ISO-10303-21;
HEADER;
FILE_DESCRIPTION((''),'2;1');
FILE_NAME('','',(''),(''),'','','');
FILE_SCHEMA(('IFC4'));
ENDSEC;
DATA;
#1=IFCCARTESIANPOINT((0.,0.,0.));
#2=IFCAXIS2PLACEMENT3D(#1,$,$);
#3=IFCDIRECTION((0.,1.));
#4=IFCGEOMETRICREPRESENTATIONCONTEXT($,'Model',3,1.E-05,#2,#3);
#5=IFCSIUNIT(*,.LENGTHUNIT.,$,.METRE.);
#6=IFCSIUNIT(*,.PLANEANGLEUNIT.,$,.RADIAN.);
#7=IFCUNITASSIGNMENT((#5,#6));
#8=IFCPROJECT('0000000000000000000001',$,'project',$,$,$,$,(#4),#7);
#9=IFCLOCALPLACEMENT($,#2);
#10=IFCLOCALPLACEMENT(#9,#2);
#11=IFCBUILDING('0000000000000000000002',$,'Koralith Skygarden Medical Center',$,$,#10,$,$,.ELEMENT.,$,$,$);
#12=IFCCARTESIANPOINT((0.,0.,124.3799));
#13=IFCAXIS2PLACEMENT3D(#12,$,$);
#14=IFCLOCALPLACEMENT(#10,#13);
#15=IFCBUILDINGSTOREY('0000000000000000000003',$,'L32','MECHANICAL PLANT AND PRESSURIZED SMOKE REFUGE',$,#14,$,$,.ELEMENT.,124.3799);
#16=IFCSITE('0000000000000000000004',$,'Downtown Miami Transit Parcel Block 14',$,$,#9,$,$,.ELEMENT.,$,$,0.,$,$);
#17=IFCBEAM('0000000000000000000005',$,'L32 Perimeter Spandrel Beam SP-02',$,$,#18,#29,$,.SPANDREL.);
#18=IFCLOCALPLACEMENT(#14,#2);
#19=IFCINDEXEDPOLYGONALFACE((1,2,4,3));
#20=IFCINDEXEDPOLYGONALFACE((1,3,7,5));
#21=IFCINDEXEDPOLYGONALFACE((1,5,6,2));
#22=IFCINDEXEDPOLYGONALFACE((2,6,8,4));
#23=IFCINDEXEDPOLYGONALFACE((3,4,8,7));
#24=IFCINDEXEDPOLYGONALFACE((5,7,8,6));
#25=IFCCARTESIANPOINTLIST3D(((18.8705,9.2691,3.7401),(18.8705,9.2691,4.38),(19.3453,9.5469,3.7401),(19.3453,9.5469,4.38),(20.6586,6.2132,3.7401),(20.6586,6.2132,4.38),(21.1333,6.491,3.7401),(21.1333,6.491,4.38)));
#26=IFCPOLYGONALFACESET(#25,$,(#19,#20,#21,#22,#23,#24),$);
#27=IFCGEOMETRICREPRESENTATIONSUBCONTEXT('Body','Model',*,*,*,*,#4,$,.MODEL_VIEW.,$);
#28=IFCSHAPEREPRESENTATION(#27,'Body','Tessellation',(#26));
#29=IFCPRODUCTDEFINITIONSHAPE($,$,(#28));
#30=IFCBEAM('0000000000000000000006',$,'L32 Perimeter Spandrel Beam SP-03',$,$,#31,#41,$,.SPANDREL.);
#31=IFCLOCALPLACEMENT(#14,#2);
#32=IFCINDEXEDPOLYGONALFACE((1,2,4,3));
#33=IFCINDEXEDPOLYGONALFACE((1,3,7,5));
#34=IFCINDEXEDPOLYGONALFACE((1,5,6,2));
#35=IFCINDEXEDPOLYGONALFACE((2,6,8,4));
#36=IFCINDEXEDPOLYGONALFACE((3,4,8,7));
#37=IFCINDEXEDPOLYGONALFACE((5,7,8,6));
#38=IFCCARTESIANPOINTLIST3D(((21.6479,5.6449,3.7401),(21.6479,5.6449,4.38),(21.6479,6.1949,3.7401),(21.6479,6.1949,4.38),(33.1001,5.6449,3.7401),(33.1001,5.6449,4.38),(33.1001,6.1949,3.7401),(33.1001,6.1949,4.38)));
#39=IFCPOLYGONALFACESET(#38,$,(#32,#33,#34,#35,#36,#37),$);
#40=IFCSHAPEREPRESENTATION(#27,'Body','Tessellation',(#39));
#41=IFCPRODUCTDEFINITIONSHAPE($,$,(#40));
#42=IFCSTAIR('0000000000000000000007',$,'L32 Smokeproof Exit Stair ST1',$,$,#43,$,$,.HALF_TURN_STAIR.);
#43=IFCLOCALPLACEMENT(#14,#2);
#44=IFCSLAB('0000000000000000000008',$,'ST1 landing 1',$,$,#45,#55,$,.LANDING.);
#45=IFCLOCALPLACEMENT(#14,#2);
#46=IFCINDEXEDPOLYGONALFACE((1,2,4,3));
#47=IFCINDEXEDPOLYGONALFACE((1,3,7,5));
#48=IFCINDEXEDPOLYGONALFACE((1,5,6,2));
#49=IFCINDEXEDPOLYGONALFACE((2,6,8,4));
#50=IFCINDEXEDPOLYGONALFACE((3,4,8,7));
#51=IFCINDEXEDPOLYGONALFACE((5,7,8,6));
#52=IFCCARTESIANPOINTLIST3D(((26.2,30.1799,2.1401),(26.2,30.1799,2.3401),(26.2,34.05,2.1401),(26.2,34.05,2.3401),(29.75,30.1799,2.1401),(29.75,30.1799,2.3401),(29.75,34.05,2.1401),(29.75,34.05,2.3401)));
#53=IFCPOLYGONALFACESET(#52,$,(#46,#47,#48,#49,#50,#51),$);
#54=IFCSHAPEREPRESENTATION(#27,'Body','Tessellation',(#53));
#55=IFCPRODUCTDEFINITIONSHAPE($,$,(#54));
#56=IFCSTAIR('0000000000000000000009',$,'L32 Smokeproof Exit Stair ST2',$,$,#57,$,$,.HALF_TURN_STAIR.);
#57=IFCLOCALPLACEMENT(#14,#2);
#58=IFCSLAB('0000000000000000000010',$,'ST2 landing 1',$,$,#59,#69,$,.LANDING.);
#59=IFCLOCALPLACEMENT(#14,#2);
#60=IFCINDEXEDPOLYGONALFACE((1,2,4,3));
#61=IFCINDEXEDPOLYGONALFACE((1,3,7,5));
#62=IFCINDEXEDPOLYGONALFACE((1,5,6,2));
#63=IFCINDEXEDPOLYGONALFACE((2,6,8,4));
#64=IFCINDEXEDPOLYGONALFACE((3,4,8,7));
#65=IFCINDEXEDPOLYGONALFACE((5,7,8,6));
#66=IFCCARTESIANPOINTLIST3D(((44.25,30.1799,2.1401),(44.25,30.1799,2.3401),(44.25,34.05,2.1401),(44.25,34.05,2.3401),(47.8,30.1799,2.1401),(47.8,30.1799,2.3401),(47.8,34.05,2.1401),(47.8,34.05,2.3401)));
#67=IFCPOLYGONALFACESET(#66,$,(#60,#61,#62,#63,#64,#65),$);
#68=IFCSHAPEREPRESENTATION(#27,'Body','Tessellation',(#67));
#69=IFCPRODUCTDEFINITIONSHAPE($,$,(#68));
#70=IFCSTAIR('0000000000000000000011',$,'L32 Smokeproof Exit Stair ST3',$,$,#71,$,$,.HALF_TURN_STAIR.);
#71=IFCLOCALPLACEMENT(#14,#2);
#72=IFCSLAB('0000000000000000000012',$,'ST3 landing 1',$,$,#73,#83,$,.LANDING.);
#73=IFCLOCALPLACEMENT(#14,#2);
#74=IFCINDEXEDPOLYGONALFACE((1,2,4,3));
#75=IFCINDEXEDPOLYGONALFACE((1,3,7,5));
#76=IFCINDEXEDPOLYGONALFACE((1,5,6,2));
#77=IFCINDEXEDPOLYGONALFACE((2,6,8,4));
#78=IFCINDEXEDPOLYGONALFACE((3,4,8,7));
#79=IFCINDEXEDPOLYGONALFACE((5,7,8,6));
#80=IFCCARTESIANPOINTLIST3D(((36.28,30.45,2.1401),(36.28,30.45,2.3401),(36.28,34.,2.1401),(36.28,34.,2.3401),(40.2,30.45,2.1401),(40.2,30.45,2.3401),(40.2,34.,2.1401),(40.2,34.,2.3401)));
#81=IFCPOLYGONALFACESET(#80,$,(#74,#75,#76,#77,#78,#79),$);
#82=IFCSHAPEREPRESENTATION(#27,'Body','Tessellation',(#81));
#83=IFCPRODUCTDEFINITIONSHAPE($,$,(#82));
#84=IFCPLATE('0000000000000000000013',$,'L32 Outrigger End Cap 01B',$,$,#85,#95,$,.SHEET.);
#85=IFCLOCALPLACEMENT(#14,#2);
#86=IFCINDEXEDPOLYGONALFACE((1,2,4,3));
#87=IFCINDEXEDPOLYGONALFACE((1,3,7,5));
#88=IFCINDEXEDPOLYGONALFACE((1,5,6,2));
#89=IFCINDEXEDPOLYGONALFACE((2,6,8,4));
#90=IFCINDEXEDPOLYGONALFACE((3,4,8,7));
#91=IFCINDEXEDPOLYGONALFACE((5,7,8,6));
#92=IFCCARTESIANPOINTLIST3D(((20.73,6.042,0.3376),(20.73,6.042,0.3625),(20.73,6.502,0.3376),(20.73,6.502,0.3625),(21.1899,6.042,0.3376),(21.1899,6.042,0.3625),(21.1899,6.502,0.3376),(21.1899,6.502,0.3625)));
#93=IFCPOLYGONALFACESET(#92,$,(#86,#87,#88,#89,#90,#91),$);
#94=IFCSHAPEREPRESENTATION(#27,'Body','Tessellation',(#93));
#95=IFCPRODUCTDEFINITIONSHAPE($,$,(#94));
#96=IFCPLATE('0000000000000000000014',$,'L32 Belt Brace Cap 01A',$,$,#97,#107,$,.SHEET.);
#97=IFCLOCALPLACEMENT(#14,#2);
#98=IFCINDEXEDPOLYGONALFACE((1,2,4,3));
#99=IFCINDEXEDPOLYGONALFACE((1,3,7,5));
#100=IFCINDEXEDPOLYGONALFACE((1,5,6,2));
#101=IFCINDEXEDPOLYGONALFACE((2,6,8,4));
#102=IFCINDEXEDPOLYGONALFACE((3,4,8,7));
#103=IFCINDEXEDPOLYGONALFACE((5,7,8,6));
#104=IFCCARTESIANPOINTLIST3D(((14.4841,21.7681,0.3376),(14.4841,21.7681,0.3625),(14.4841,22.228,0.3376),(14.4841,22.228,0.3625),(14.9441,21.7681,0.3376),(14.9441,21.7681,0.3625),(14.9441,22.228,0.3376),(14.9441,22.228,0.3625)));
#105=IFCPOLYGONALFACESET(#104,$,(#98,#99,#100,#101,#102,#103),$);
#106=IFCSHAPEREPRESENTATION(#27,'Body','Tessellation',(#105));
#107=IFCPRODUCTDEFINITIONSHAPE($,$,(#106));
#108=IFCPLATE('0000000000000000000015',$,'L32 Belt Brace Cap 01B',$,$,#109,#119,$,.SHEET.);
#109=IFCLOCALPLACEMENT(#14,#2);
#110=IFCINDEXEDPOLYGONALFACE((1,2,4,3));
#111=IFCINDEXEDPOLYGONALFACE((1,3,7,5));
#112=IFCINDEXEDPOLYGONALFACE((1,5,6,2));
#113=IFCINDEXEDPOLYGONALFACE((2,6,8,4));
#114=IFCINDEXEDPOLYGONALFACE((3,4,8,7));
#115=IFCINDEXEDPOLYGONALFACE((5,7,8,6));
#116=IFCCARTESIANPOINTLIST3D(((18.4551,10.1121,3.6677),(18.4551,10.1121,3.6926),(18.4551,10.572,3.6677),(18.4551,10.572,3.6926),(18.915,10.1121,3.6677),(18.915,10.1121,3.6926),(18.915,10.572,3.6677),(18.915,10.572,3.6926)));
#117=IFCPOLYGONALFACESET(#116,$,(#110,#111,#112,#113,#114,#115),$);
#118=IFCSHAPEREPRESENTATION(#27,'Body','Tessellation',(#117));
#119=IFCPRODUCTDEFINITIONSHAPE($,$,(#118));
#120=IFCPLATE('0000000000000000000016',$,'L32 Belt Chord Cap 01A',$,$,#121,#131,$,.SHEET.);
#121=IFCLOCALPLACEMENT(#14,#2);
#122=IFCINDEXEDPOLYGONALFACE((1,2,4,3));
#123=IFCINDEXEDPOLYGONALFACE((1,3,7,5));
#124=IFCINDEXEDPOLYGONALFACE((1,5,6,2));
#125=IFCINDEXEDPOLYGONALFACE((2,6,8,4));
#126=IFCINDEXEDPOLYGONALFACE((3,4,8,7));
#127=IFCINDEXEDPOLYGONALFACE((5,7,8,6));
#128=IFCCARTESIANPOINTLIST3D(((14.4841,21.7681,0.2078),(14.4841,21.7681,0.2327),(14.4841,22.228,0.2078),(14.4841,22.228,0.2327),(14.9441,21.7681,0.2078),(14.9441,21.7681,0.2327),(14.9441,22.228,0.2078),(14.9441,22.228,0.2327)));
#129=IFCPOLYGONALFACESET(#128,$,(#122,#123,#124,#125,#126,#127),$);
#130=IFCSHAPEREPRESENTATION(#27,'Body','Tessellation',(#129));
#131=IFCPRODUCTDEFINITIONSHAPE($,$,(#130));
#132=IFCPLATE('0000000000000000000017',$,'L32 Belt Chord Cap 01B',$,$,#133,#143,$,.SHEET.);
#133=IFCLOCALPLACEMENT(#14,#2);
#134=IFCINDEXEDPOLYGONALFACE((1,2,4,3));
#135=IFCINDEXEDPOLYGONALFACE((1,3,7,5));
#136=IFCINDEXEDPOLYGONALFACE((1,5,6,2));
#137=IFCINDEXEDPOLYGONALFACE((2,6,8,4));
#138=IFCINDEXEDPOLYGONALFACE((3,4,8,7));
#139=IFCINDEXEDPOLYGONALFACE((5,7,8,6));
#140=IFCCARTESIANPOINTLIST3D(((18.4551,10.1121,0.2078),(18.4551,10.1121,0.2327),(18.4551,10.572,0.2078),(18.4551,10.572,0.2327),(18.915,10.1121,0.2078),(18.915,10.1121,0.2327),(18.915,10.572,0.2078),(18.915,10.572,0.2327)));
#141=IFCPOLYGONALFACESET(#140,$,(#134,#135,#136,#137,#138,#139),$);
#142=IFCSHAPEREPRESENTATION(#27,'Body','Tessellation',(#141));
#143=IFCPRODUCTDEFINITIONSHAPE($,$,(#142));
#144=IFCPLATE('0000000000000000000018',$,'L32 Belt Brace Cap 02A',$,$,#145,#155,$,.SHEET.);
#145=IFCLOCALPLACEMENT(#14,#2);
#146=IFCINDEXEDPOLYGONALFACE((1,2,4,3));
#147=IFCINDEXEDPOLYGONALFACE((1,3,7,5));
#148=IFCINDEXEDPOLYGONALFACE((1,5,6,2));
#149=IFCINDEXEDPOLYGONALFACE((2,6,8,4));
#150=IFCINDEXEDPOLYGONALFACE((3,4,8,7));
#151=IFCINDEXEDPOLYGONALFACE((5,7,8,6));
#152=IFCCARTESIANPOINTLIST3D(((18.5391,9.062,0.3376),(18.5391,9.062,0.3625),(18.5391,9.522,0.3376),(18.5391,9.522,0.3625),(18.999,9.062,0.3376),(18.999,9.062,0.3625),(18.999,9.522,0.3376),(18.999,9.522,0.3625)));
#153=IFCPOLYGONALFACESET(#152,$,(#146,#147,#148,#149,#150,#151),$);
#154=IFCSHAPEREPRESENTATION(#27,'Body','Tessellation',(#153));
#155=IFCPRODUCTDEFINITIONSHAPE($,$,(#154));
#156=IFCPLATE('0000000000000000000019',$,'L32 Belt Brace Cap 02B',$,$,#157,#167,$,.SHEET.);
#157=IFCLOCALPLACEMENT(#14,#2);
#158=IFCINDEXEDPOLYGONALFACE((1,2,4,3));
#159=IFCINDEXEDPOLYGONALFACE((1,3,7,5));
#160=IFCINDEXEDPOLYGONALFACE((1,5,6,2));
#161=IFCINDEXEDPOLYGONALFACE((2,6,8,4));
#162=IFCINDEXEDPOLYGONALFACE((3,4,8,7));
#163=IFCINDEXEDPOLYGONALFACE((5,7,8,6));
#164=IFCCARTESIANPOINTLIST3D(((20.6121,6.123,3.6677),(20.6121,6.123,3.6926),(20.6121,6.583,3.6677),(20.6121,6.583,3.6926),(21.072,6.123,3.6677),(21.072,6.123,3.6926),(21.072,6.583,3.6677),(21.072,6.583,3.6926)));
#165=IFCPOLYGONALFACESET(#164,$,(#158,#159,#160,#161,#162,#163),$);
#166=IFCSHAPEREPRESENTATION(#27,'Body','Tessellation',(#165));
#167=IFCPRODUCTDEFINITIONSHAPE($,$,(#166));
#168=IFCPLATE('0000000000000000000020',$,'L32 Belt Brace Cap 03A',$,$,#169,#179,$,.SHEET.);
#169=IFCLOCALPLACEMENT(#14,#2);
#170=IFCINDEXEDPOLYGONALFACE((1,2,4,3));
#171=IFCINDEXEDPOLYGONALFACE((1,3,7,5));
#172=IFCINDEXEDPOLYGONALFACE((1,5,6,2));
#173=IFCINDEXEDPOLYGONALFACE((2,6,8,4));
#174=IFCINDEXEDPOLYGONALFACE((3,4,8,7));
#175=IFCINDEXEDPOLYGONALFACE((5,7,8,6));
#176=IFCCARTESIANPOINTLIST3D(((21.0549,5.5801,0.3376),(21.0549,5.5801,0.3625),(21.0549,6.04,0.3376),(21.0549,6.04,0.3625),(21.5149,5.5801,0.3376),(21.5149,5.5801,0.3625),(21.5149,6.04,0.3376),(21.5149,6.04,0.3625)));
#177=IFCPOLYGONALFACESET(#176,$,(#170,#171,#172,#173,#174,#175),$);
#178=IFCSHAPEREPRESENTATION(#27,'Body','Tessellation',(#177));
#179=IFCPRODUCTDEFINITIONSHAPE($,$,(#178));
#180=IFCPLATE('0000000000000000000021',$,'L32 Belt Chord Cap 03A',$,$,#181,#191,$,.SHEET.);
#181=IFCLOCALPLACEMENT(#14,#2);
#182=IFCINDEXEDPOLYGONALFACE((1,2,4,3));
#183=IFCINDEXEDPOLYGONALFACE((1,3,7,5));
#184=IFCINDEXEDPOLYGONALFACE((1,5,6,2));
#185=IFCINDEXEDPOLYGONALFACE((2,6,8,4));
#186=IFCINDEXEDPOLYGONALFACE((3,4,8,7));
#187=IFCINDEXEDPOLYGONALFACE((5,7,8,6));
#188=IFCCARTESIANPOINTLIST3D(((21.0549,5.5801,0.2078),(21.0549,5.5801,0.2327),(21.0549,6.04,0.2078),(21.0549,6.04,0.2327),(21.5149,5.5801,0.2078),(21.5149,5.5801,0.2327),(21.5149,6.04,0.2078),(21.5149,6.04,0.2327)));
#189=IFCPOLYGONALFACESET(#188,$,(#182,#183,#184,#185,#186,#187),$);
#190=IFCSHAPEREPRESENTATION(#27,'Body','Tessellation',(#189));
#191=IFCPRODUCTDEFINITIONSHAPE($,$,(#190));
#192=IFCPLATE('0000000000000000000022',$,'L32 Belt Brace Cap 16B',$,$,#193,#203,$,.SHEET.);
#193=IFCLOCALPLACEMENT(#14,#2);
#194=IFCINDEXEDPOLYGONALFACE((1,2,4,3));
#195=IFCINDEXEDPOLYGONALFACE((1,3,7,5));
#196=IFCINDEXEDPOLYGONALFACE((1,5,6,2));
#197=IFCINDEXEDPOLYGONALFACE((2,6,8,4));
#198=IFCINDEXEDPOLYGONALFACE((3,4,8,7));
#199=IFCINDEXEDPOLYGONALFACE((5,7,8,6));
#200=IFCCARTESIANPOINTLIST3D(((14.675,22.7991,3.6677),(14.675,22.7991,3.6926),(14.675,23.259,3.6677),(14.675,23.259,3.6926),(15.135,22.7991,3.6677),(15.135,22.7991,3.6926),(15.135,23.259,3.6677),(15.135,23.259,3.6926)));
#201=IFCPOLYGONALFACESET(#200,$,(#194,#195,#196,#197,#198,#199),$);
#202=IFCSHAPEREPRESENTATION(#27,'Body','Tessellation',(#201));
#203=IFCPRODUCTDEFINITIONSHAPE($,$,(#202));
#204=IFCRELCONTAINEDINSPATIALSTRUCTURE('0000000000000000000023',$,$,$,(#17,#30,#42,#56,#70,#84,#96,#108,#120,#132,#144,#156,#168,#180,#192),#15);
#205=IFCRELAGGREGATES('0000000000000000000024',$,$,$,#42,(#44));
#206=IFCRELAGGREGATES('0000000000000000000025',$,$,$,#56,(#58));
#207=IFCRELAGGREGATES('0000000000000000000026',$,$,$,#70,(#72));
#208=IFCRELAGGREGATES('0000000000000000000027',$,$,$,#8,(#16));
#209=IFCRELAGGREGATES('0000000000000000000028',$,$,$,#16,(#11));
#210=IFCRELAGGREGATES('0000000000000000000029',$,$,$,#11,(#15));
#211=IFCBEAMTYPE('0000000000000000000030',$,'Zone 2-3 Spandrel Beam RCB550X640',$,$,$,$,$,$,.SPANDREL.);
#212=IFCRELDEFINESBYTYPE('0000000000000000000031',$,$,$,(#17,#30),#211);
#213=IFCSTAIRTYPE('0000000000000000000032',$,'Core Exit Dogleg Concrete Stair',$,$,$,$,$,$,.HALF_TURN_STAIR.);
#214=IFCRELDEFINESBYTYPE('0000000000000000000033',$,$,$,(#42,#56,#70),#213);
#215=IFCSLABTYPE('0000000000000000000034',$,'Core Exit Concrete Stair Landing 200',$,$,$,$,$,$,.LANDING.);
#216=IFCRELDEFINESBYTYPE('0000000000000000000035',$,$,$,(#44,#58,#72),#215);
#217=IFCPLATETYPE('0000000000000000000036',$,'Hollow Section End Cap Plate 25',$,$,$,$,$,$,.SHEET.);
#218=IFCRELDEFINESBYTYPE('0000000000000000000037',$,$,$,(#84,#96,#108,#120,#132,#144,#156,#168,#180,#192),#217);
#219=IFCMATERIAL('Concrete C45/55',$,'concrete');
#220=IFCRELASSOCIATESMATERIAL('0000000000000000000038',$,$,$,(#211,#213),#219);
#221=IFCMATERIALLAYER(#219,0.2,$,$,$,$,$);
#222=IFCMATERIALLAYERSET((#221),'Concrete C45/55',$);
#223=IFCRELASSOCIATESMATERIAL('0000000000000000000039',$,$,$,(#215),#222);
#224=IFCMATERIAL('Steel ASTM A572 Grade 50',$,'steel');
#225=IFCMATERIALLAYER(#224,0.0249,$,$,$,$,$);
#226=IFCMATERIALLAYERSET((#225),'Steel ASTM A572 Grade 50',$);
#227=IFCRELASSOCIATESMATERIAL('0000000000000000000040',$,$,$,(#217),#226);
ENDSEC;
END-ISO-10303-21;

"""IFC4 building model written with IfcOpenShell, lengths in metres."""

from ifc_helpers import new_model, si_unit, direction, frame, origin, origin_2d, place, context, subcontext, project, spatial, polyline, rectangle, outline, extrude, material, layer, layer_set, material_profile, profile_set, type_object, element, aggregate, save


model = new_model("IFC4")

# Units and contexts
model_context = context("Model", 3, precision=1e-05, world=origin(), true_north=direction((0.0, 1.0)))
body_context = subcontext(model_context, "Body", "Model", "MODEL_VIEW")
ifc_project = project(units=[si_unit("LENGTHUNIT", "METRE"), si_unit("PLANEANGLEUNIT", "RADIAN")], contexts=[model_context])

# Site, building, storey
site_placement = place(None, origin())
site = spatial("IfcSite", under=ifc_project, at=site_placement, Name="Downtown Miami Transit Parcel Block 14", CompositionType="ELEMENT", RefElevation=0.0)
building_placement = place(site_placement, origin())
building = spatial("IfcBuilding", under=site, at=building_placement, Name="Koralith Skygarden Medical Center", CompositionType="ELEMENT")
storey_placement = place(building_placement, frame((0.0, 0.0, 124.3799)))
storey = spatial("IfcBuildingStorey", under=building, at=storey_placement, Name="L32", Description="MECHANICAL PLANT AND PRESSURIZED SMOKE REFUGE", CompositionType="ELEMENT", Elevation=124.3799)

# Beams
ifc_material_1 = material(Name="Concrete C45/55", Category="concrete")
ifc_material_profile_1 = material_profile(ifc_material_1, rectangle(XDim=0.55, YDim=0.6399, at=origin_2d()), Name="RCB550X640")
ifc_profile_set_1 = profile_set([ifc_material_profile_1], Name="Concrete C45/55")
beam_type_1 = type_object("IfcBeamType", Name="Zone 2-3 Spandrel Beam RCB550X640", PredefinedType="SPANDREL", material=ifc_profile_set_1)
beam_1_placement = place(storey_placement, frame((19.1079, 9.408, 4.0601), z_axis=(0.505024, -0.863105, 0.0), x_axis=(0.863105, 0.505024, 0.0)))
element("IfcBeam", 1, at=beam_1_placement, inside=storey, type_object=beam_type_1, Name="L32 Perimeter Spandrel Beam SP-02", PredefinedType="SPANDREL", context=body_context, shape_type="SweptSolid", body=[
    extrude(rectangle(XDim=0.55, YDim=0.6399, at=origin_2d()), origin(), (0.0, 0.0, 1.0), 3.5405),
])
beam_2_placement = place(storey_placement, frame((21.6479, 5.9199, 4.0601), z_axis=(1.0, 0.0, 0.0), x_axis=(0.0, 1.0, 0.0)))
element("IfcBeam", 2, at=beam_2_placement, inside=storey, type_object=beam_type_1, Name="L32 Perimeter Spandrel Beam SP-03", PredefinedType="SPANDREL", context=body_context, shape_type="SweptSolid", body=[
    extrude(rectangle(XDim=0.55, YDim=0.6399, at=origin_2d()), origin(), (0.0, 0.0, 1.0), 11.4521),
])

# Stairs, slabs
stair_type = type_object("IfcStairType", Name="Core Exit Dogleg Concrete Stair", PredefinedType="HALF_TURN_STAIR", material=ifc_material_1)
stair_1_placement = place(storey_placement, origin())
stair_1 = element("IfcStair", 3, at=stair_1_placement, inside=storey, type_object=stair_type, Name="L32 Smokeproof Exit Stair ST1", PredefinedType="HALF_TURN_STAIR")
ifc_layer_1 = layer(ifc_material_1, 0.2)
ifc_layer_set_1 = layer_set([ifc_layer_1], Name="Concrete C45/55")
slab_type_1 = type_object("IfcSlabType", Name="Core Exit Concrete Stair Landing 200", PredefinedType="LANDING", material=ifc_layer_set_1)
slab_1_placement = place(storey_placement, frame((0.0, 0.0, 2.1401)))
slab_1 = element("IfcSlab", 4, at=slab_1_placement, type_object=slab_type_1, Name="ST1 landing 1", PredefinedType="LANDING", context=body_context, shape_type="SweptSolid", body=[
    extrude(outline(polyline([(29.75, 30.1799), (29.75, 34.05), (26.2, 34.05), (26.2, 30.1799), (29.75, 30.1799)])), origin(), (0.0, 0.0, 1.0), 0.2),
])
aggregate(stair_1, [slab_1])
stair_2_placement = place(storey_placement, origin())
stair_2 = element("IfcStair", 5, at=stair_2_placement, inside=storey, type_object=stair_type, Name="L32 Smokeproof Exit Stair ST2", PredefinedType="HALF_TURN_STAIR")
slab_2_placement = place(storey_placement, frame((0.0, 0.0, 2.1401)))
slab_2 = element("IfcSlab", 6, at=slab_2_placement, type_object=slab_type_1, Name="ST2 landing 1", PredefinedType="LANDING", context=body_context, shape_type="SweptSolid", body=[
    extrude(outline(polyline([(47.8, 30.1799), (47.8, 34.05), (44.25, 34.05), (44.25, 30.1799), (47.8, 30.1799)])), origin(), (0.0, 0.0, 1.0), 0.2),
])
aggregate(stair_2, [slab_2])
stair_3_placement = place(storey_placement, origin())
stair_3 = element("IfcStair", 7, at=stair_3_placement, inside=storey, type_object=stair_type, Name="L32 Smokeproof Exit Stair ST3", PredefinedType="HALF_TURN_STAIR")
slab_3_placement = place(storey_placement, frame((0.0, 0.0, 2.1401)))
slab_3 = element("IfcSlab", 8, at=slab_3_placement, type_object=slab_type_1, Name="ST3 landing 1", PredefinedType="LANDING", context=body_context, shape_type="SweptSolid", body=[
    extrude(outline(polyline([(36.28, 30.45), (40.2, 30.45), (40.2, 34.0), (36.28, 34.0), (36.28, 30.45)])), origin(), (0.0, 0.0, 1.0), 0.2),
])
aggregate(stair_3, [slab_3])

# Plates
ifc_material_2 = material(Name="Steel ASTM A572 Grade 50", Category="steel")
ifc_layer_2 = layer(ifc_material_2, 0.0249)
ifc_layer_set_2 = layer_set([ifc_layer_2], Name="Steel ASTM A572 Grade 50")
plate_type_1 = type_object("IfcPlateType", Name="Hollow Section End Cap Plate 25", PredefinedType="SHEET", material=ifc_layer_set_2)
for number, where, z_axis, x_axis, name in (
    (9, (20.96, 6.272, 0.3376), (0.0, 0.0, 1.0), (1.0, 0.0, 0.0), "L32 Outrigger End Cap 01B"),
    (10, (14.7141, 21.998, 0.3376), (0.0, 0.0, 1.0), (1.0, 0.0, 0.0), "L32 Belt Brace Cap 01A"),
    (11, (18.6851, 10.342, 3.6677), (0.0, 0.0, 1.0), (1.0, 0.0, 0.0), "L32 Belt Brace Cap 01B"),
    (12, (14.7141, 21.998, 0.2078), (0.0, 0.0, 1.0), (1.0, 0.0, 0.0), "L32 Belt Chord Cap 01A"),
    (13, (18.6851, 10.342, 0.2078), (0.0, 0.0, 1.0), (1.0, 0.0, 0.0), "L32 Belt Chord Cap 01B"),
    (14, (18.769, 9.292, 0.3376), (0.0, 0.0, 1.0), (1.0, 0.0, 0.0), "L32 Belt Brace Cap 02A"),
    (15, (20.842, 6.353, 3.6677), (0.0, 0.0, 1.0), (1.0, 0.0, 0.0), "L32 Belt Brace Cap 02B"),
    (16, (21.2849, 5.8101, 0.3376), (0.0, 0.0, 1.0), (1.0, 0.0, 0.0), "L32 Belt Brace Cap 03A"),
    (17, (21.2849, 5.8101, 0.2078), (0.0, 0.0, 1.0), (1.0, 0.0, 0.0), "L32 Belt Chord Cap 03A"),
    (18, (14.905, 23.0291, 3.6677), (0.0, 0.0, 1.0), (1.0, 0.0, 0.0), "L32 Belt Brace Cap 16B"),
):
    element("IfcPlate", number, at=place(storey_placement, frame(where, z_axis=z_axis, x_axis=x_axis)), inside=storey, type_object=plate_type_1, Name=name, PredefinedType="SHEET", context=body_context, shape_type="SweptSolid", body=[
        extrude(rectangle(XDim=0.46, YDim=0.46, at=origin_2d()), origin(), (0.0, 0.0, 1.0), 0.0249),
    ])

save(model, "model.ifc")
